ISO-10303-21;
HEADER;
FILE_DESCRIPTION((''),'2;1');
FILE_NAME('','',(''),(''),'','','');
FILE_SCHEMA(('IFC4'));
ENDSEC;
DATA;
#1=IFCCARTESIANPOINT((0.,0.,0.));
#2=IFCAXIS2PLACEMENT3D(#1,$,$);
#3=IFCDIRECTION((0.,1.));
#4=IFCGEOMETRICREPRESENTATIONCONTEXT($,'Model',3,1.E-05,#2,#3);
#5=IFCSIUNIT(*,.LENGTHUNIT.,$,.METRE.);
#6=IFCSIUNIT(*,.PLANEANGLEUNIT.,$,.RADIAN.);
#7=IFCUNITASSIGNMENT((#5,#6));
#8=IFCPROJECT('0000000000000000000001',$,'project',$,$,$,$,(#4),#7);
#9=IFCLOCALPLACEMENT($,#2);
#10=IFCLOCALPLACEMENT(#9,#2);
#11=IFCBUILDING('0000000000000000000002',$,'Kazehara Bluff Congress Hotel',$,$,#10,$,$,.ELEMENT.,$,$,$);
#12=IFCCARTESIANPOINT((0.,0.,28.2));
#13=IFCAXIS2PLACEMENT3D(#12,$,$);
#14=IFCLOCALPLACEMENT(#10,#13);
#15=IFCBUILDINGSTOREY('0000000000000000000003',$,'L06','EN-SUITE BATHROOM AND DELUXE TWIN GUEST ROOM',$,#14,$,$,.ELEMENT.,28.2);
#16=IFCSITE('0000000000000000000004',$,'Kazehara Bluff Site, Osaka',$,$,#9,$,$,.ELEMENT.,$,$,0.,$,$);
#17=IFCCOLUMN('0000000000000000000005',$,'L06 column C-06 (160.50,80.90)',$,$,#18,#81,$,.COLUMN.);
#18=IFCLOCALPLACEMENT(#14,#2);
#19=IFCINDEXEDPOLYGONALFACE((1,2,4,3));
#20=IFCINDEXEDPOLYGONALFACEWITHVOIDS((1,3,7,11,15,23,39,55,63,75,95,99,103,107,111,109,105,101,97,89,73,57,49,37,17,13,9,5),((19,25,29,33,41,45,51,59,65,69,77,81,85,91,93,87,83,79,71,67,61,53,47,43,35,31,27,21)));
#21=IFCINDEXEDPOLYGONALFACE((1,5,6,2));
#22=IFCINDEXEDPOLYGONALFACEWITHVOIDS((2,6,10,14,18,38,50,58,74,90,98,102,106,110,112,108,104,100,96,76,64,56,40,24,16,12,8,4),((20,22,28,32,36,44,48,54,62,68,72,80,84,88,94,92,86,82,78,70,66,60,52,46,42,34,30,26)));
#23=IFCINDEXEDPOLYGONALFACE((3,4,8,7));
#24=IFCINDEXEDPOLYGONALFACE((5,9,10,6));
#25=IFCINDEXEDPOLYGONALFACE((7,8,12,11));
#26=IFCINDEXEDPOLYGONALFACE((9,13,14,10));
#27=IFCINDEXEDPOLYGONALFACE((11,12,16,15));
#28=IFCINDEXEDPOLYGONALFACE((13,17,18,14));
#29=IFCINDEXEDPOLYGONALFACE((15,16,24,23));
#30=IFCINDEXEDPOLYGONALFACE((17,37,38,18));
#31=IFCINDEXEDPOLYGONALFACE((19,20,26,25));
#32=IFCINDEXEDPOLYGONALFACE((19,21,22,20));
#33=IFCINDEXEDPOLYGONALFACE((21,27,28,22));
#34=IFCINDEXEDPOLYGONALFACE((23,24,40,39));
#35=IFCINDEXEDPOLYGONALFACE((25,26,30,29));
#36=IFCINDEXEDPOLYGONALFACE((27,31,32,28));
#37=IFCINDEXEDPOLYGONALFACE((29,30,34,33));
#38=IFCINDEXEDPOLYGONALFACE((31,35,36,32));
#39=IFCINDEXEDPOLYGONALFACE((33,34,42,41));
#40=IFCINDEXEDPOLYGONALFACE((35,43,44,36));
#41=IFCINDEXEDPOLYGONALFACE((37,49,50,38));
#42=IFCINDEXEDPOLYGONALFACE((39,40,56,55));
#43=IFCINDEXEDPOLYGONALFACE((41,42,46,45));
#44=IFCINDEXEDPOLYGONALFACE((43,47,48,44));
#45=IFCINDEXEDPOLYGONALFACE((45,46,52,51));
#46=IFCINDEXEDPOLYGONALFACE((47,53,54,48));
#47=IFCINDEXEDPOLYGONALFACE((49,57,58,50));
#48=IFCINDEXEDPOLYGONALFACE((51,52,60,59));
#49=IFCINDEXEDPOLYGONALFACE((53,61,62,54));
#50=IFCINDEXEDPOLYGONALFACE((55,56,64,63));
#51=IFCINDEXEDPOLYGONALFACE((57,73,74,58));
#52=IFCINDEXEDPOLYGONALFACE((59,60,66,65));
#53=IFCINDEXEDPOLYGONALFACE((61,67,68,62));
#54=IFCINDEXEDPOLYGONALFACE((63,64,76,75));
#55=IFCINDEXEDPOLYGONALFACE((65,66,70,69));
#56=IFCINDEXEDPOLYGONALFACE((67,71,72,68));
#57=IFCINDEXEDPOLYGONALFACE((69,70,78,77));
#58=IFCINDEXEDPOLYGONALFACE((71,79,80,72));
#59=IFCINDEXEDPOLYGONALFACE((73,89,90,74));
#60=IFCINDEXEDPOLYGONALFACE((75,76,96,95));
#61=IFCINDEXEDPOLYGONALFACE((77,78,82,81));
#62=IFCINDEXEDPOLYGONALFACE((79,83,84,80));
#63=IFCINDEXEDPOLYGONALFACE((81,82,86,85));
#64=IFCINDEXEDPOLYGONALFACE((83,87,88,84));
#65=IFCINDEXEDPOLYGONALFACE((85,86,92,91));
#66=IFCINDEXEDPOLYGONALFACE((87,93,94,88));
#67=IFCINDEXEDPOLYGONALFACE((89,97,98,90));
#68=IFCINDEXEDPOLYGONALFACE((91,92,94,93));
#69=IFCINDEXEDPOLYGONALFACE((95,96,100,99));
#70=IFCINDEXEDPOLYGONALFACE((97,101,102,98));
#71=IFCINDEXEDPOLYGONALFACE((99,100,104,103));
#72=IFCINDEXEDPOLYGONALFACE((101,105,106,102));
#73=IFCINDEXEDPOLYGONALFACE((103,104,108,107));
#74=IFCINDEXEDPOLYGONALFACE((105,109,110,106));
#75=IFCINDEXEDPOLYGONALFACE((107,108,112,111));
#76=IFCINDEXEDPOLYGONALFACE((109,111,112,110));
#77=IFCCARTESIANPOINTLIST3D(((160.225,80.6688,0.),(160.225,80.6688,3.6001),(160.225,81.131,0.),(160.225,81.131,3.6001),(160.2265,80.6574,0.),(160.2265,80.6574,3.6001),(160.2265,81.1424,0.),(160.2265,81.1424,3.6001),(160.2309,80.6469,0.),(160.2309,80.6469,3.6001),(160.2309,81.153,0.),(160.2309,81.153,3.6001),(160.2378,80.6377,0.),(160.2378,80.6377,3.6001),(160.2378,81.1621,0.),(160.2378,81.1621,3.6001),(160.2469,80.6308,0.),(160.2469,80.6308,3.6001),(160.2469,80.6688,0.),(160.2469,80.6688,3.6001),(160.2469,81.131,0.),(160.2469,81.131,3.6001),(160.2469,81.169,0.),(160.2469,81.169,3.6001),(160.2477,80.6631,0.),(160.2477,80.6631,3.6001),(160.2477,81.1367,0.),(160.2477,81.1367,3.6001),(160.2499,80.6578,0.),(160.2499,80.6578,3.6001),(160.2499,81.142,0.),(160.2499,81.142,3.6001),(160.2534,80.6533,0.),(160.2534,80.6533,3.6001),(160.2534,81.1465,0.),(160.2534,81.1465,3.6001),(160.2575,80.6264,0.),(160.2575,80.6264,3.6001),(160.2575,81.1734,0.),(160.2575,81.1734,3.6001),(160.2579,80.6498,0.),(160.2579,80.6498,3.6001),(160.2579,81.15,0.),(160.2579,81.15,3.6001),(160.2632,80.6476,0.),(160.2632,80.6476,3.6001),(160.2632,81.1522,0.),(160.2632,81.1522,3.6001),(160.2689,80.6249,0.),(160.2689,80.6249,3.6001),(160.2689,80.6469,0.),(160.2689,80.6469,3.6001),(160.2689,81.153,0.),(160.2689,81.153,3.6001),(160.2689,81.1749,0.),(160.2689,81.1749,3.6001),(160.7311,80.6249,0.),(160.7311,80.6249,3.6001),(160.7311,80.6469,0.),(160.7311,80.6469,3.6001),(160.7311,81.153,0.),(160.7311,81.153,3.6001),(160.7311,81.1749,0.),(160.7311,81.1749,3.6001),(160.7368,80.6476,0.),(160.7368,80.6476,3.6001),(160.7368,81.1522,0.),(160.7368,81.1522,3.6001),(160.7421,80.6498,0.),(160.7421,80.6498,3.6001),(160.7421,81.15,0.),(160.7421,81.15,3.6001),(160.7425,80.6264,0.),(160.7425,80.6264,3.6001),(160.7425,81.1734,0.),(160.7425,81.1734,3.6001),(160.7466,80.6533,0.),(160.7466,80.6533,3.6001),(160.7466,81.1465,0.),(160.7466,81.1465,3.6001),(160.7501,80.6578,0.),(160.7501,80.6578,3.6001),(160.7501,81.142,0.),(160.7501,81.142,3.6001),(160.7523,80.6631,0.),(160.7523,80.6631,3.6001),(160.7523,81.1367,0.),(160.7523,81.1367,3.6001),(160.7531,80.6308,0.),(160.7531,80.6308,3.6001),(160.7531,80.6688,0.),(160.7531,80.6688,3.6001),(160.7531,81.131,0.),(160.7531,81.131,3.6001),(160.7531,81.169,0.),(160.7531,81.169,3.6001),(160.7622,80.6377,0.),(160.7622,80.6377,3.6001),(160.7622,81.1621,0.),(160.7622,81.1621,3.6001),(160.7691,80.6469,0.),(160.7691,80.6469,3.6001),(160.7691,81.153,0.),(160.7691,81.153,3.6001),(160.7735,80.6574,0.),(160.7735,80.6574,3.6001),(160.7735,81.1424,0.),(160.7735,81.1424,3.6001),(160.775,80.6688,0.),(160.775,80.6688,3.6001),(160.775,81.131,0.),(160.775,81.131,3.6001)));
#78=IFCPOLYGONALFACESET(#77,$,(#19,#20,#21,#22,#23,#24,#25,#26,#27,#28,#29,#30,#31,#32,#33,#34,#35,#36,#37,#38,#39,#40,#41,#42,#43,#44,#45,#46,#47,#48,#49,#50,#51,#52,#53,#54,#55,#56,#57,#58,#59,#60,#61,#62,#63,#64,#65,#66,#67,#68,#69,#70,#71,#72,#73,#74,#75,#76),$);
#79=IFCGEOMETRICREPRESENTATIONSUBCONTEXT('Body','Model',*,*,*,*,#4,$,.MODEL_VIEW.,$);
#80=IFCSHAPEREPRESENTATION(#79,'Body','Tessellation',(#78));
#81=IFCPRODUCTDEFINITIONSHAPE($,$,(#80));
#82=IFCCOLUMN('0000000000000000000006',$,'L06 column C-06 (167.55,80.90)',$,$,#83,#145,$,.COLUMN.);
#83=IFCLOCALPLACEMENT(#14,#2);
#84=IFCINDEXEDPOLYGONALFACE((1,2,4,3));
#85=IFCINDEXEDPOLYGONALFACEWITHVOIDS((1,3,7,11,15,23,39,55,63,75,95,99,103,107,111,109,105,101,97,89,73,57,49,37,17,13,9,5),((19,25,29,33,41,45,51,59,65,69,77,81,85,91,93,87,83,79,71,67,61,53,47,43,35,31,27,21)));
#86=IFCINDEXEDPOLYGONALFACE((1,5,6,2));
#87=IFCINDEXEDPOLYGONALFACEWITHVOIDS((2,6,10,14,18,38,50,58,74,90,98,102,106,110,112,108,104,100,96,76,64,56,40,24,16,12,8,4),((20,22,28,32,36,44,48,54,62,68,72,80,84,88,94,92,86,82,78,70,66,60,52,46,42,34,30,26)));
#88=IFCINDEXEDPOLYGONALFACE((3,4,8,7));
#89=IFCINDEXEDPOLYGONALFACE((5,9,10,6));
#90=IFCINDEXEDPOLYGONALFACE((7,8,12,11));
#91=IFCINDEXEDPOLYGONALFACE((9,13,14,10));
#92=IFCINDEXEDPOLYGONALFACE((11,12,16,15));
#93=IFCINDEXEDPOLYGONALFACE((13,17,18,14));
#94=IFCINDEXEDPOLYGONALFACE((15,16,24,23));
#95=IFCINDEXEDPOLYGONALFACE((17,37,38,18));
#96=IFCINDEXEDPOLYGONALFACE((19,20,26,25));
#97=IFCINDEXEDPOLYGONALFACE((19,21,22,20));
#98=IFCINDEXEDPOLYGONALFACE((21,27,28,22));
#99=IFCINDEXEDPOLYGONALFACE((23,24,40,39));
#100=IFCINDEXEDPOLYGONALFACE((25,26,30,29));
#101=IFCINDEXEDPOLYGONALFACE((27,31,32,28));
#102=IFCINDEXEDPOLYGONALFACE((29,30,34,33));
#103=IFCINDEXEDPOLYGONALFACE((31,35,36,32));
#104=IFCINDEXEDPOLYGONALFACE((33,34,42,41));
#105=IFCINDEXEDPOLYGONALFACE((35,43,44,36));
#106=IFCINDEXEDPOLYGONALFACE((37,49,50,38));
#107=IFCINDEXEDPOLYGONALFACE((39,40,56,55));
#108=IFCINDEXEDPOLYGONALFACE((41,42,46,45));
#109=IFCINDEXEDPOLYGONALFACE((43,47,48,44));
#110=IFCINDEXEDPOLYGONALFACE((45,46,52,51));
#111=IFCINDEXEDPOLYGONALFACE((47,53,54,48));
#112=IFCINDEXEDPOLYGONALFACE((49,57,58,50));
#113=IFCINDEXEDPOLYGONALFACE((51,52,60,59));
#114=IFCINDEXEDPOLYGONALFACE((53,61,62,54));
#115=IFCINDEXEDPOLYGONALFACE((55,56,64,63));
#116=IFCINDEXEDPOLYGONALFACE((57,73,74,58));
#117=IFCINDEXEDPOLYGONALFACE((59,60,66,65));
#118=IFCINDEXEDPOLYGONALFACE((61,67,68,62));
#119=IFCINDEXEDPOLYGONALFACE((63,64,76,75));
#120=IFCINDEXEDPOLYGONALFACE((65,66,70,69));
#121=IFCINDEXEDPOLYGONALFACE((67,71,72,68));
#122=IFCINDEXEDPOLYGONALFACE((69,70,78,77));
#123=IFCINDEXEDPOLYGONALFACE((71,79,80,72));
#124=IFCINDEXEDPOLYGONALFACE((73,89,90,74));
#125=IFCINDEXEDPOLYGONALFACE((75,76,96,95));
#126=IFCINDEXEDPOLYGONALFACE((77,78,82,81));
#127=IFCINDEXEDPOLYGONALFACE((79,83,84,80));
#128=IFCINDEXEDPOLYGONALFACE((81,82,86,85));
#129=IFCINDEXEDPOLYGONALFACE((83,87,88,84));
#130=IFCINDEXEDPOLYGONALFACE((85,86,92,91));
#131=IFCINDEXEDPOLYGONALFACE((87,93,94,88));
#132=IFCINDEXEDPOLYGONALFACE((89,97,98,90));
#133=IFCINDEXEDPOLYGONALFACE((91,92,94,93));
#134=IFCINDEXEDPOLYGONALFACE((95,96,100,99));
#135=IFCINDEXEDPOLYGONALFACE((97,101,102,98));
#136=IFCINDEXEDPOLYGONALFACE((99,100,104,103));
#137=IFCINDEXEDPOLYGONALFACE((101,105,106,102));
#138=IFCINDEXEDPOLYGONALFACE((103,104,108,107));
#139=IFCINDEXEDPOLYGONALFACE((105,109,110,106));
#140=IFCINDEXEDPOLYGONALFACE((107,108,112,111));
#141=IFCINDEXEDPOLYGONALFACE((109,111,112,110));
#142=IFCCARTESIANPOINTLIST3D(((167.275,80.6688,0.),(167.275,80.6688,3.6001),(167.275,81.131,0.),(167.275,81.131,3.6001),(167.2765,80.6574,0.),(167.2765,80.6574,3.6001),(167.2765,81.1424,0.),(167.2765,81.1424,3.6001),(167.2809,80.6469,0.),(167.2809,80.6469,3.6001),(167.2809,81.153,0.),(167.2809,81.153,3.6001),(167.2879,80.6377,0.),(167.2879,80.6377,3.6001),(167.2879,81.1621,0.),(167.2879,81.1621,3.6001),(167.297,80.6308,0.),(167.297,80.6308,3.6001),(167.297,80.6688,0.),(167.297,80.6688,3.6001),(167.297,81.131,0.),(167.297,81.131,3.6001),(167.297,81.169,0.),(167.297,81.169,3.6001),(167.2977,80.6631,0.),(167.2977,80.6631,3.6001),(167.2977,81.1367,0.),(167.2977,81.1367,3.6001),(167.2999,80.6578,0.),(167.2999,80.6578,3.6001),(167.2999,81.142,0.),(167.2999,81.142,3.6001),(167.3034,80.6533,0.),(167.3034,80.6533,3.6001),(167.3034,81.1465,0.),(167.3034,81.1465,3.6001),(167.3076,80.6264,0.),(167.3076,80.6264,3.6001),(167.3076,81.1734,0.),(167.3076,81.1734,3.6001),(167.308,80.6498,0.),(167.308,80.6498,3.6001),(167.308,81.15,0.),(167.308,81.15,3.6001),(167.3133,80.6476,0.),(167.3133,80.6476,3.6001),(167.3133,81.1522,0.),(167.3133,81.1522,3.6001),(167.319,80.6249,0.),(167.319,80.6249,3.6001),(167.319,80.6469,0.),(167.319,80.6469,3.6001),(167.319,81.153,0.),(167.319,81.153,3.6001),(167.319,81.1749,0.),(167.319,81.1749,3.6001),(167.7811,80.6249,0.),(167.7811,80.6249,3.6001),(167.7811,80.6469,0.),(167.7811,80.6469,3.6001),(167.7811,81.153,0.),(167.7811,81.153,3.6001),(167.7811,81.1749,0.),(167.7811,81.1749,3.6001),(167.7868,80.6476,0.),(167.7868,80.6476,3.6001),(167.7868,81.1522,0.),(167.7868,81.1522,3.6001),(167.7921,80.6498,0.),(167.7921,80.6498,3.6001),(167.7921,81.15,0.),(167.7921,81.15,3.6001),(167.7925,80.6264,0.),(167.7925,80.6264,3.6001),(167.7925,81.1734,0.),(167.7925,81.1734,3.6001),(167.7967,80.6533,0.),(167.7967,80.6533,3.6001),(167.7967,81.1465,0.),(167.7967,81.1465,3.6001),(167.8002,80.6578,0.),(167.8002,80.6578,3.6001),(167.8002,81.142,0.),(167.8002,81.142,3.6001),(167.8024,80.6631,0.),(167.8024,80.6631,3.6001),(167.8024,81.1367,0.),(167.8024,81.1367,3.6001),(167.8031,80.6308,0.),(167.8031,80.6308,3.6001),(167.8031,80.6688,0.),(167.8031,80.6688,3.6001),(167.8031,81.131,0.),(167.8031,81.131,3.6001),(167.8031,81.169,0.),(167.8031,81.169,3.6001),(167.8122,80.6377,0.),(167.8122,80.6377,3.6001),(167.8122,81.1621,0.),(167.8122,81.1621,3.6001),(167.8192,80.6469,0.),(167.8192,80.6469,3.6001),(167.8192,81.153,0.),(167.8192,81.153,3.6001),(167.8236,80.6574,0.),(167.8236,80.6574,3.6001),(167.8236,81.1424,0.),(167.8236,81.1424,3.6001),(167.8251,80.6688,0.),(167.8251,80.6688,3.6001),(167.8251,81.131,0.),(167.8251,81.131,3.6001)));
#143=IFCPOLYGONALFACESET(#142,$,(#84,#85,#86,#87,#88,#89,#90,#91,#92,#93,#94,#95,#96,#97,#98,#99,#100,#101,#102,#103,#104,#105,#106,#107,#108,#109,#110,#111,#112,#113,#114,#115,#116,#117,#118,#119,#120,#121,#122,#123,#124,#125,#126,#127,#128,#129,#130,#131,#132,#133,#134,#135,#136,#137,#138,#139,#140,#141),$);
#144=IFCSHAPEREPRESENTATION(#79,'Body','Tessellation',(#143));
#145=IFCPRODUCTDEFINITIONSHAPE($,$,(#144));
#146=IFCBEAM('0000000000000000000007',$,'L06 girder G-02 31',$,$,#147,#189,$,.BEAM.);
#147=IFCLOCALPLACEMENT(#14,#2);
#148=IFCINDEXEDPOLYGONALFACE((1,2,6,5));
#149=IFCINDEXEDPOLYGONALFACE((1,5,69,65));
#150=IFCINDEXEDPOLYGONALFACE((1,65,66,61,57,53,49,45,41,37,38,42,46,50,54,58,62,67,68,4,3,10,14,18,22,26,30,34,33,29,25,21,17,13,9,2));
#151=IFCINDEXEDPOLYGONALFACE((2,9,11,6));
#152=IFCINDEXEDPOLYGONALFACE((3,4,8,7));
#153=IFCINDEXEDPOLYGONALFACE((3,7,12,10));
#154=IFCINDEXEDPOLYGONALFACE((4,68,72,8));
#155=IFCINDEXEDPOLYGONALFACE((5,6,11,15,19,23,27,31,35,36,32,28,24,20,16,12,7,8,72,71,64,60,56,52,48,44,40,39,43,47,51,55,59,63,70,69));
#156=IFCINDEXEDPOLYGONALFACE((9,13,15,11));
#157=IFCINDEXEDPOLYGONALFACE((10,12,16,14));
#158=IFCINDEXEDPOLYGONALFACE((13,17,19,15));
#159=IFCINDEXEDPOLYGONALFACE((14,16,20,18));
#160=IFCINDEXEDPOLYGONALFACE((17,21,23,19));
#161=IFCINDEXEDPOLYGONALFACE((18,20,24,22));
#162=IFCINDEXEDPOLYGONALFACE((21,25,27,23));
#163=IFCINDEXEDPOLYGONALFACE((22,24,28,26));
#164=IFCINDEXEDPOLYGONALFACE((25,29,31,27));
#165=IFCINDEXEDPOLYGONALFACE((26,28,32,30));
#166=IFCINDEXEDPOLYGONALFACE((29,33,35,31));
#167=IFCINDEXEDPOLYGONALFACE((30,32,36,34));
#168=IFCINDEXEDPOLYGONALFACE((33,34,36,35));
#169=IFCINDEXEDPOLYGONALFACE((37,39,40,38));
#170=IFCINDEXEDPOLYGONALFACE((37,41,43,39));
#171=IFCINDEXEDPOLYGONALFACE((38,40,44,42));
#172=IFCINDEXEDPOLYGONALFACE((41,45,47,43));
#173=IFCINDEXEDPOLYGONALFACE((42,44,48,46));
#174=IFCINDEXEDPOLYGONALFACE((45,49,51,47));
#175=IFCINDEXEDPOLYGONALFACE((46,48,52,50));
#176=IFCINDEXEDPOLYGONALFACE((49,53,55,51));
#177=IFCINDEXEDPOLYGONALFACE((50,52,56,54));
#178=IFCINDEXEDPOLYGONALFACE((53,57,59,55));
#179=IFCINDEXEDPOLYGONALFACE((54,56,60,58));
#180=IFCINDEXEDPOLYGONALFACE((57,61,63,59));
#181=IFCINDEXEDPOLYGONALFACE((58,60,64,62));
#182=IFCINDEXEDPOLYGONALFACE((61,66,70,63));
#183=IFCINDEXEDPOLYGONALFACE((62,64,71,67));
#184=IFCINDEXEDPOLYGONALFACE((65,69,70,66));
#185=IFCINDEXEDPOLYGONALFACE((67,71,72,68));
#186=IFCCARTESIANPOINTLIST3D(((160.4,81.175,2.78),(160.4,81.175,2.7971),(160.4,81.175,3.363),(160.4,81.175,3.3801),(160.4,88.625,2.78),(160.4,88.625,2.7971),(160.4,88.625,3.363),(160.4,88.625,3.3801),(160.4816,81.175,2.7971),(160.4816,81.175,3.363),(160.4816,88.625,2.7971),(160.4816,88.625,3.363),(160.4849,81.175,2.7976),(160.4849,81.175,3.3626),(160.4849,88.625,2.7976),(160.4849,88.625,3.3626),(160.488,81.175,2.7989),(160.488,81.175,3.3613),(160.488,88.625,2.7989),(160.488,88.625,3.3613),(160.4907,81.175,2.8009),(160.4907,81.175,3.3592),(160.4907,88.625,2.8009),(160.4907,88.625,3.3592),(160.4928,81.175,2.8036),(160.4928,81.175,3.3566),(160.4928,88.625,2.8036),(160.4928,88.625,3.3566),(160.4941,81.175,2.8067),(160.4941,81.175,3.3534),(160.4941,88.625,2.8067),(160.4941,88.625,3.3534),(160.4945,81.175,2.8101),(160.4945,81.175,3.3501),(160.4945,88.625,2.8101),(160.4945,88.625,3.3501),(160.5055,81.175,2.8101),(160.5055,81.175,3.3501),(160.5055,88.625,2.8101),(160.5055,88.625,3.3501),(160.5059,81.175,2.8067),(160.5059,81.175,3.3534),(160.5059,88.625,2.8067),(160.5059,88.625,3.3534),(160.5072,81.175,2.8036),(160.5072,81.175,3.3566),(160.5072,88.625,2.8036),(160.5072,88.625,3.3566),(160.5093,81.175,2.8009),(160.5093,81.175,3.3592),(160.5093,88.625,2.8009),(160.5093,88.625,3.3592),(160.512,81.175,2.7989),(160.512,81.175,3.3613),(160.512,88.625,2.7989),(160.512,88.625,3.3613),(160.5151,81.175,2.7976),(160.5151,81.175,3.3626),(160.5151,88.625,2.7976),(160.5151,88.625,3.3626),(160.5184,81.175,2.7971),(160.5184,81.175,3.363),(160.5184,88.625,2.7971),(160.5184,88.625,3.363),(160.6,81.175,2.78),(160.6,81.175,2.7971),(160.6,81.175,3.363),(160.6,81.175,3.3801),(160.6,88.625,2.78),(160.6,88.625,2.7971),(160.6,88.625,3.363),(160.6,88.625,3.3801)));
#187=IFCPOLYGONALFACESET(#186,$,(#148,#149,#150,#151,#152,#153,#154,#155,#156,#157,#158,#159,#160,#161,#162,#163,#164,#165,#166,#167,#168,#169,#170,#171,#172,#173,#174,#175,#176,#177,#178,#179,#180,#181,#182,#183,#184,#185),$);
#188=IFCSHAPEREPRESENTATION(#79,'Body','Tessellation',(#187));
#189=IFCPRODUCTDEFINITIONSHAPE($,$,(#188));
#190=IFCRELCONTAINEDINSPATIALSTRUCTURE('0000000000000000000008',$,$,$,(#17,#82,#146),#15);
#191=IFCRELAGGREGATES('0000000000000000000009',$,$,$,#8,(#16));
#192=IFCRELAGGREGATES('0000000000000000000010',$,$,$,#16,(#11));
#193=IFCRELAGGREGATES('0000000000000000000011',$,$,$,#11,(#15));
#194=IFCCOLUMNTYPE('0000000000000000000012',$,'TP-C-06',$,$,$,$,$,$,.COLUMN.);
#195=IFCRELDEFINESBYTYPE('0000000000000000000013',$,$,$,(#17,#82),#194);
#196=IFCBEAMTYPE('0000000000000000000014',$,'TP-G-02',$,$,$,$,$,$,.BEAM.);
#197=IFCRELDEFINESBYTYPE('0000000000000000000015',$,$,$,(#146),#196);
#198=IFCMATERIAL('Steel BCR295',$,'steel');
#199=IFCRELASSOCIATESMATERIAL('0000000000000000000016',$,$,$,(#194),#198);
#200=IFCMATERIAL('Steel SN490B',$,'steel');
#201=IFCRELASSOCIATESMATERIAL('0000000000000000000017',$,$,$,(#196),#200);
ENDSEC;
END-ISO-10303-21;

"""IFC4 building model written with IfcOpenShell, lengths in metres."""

from ifc_helpers import new_model, si_unit, direction, frame, origin, origin_2d, place, context, subcontext, project, spatial, hollow_rectangle, i_section, extrude, material, material_profile, profile_set, type_object, element, save


model = new_model("IFC4")

# Units and contexts
model_context = context("Model", 3, precision=1e-05, world=origin(), true_north=direction((0.0, 1.0)))
body_context = subcontext(model_context, "Body", "Model", "MODEL_VIEW")
ifc_project = project(units=[si_unit("LENGTHUNIT", "METRE"), si_unit("PLANEANGLEUNIT", "RADIAN")], contexts=[model_context])

# Site, building, storey
site_placement = place(None, origin())
site = spatial("IfcSite", under=ifc_project, at=site_placement, Name="Kazehara Bluff Site, Osaka", CompositionType="ELEMENT", RefElevation=0.0)
building_placement = place(site_placement, origin())
building = spatial("IfcBuilding", under=site, at=building_placement, Name="Kazehara Bluff Congress Hotel", CompositionType="ELEMENT")
storey_placement = place(building_placement, frame((0.0, 0.0, 28.2)))
storey = spatial("IfcBuildingStorey", under=building, at=storey_placement, Name="L06", Description="EN-SUITE BATHROOM AND DELUXE TWIN GUEST ROOM", CompositionType="ELEMENT", Elevation=28.2)

# Columns
ifc_material_1 = material(Name="Steel BCR295", Category="steel")
ifc_material_profile_1 = material_profile(ifc_material_1, hollow_rectangle(XDim=0.55, YDim=0.55, WallThickness=0.022, InnerFilletRadius=0.022, OuterFilletRadius=0.0439, at=origin_2d()))
ifc_profile_set_1 = profile_set([ifc_material_profile_1], Name="Steel BCR295")
column_type = type_object("IfcColumnType", Name="TP-C-06", PredefinedType="COLUMN", material=ifc_profile_set_1)
for number, where, z_axis, x_axis, name in (
    (1, (160.5, 80.8999, 0.0), (0.0, 0.0, 1.0), (1.0, 0.0, 0.0), "L06 column C-06 (160.50,80.90)"),
    (2, (167.55, 80.8999, 0.0), (0.0, 0.0, 1.0), (1.0, 0.0, 0.0), "L06 column C-06 (167.55,80.90)"),
):
    element("IfcColumn", number, at=place(storey_placement, frame(where, z_axis=z_axis, x_axis=x_axis)), inside=storey, type_object=column_type, Name=name, PredefinedType="COLUMN", context=body_context, shape_type="SweptSolid", body=[
        extrude(hollow_rectangle(XDim=0.55, YDim=0.55, WallThickness=0.022, InnerFilletRadius=0.022, OuterFilletRadius=0.0439, at=origin_2d()), origin(), (0.0, 0.0, 1.0), 3.6001),
    ])

# Beam
ifc_material_2 = material(Name="Steel SN490B", Category="steel")
ifc_material_profile_2 = material_profile(ifc_material_2, i_section(OverallWidth=0.2, OverallDepth=0.6001, WebThickness=0.011, FlangeThickness=0.0171, FilletRadius=0.0129, at=origin_2d()))
ifc_profile_set_2 = profile_set([ifc_material_profile_2], Name="Steel SN490B")
beam_type_1 = type_object("IfcBeamType", Name="TP-G-02", PredefinedType="BEAM", material=ifc_profile_set_2)
for number, where, z_axis, x_axis, name in (
    (3, (160.5, 81.175, 3.0801), (0.0, 1.0, 0.0), (-1.0, 0.0, 0.0), "L06 girder G-02 31"),
):
    element("IfcBeam", number, at=place(storey_placement, frame(where, z_axis=z_axis, x_axis=x_axis)), inside=storey, type_object=beam_type_1, Name=name, PredefinedType="BEAM", context=body_context, shape_type="SweptSolid", body=[
        extrude(i_section(OverallWidth=0.2, OverallDepth=0.6001, WebThickness=0.011, FlangeThickness=0.0171, FilletRadius=0.0129, at=origin_2d()), origin(), (0.0, 0.0, 1.0), 7.45),
    ])

save(model, "model.ifc")
